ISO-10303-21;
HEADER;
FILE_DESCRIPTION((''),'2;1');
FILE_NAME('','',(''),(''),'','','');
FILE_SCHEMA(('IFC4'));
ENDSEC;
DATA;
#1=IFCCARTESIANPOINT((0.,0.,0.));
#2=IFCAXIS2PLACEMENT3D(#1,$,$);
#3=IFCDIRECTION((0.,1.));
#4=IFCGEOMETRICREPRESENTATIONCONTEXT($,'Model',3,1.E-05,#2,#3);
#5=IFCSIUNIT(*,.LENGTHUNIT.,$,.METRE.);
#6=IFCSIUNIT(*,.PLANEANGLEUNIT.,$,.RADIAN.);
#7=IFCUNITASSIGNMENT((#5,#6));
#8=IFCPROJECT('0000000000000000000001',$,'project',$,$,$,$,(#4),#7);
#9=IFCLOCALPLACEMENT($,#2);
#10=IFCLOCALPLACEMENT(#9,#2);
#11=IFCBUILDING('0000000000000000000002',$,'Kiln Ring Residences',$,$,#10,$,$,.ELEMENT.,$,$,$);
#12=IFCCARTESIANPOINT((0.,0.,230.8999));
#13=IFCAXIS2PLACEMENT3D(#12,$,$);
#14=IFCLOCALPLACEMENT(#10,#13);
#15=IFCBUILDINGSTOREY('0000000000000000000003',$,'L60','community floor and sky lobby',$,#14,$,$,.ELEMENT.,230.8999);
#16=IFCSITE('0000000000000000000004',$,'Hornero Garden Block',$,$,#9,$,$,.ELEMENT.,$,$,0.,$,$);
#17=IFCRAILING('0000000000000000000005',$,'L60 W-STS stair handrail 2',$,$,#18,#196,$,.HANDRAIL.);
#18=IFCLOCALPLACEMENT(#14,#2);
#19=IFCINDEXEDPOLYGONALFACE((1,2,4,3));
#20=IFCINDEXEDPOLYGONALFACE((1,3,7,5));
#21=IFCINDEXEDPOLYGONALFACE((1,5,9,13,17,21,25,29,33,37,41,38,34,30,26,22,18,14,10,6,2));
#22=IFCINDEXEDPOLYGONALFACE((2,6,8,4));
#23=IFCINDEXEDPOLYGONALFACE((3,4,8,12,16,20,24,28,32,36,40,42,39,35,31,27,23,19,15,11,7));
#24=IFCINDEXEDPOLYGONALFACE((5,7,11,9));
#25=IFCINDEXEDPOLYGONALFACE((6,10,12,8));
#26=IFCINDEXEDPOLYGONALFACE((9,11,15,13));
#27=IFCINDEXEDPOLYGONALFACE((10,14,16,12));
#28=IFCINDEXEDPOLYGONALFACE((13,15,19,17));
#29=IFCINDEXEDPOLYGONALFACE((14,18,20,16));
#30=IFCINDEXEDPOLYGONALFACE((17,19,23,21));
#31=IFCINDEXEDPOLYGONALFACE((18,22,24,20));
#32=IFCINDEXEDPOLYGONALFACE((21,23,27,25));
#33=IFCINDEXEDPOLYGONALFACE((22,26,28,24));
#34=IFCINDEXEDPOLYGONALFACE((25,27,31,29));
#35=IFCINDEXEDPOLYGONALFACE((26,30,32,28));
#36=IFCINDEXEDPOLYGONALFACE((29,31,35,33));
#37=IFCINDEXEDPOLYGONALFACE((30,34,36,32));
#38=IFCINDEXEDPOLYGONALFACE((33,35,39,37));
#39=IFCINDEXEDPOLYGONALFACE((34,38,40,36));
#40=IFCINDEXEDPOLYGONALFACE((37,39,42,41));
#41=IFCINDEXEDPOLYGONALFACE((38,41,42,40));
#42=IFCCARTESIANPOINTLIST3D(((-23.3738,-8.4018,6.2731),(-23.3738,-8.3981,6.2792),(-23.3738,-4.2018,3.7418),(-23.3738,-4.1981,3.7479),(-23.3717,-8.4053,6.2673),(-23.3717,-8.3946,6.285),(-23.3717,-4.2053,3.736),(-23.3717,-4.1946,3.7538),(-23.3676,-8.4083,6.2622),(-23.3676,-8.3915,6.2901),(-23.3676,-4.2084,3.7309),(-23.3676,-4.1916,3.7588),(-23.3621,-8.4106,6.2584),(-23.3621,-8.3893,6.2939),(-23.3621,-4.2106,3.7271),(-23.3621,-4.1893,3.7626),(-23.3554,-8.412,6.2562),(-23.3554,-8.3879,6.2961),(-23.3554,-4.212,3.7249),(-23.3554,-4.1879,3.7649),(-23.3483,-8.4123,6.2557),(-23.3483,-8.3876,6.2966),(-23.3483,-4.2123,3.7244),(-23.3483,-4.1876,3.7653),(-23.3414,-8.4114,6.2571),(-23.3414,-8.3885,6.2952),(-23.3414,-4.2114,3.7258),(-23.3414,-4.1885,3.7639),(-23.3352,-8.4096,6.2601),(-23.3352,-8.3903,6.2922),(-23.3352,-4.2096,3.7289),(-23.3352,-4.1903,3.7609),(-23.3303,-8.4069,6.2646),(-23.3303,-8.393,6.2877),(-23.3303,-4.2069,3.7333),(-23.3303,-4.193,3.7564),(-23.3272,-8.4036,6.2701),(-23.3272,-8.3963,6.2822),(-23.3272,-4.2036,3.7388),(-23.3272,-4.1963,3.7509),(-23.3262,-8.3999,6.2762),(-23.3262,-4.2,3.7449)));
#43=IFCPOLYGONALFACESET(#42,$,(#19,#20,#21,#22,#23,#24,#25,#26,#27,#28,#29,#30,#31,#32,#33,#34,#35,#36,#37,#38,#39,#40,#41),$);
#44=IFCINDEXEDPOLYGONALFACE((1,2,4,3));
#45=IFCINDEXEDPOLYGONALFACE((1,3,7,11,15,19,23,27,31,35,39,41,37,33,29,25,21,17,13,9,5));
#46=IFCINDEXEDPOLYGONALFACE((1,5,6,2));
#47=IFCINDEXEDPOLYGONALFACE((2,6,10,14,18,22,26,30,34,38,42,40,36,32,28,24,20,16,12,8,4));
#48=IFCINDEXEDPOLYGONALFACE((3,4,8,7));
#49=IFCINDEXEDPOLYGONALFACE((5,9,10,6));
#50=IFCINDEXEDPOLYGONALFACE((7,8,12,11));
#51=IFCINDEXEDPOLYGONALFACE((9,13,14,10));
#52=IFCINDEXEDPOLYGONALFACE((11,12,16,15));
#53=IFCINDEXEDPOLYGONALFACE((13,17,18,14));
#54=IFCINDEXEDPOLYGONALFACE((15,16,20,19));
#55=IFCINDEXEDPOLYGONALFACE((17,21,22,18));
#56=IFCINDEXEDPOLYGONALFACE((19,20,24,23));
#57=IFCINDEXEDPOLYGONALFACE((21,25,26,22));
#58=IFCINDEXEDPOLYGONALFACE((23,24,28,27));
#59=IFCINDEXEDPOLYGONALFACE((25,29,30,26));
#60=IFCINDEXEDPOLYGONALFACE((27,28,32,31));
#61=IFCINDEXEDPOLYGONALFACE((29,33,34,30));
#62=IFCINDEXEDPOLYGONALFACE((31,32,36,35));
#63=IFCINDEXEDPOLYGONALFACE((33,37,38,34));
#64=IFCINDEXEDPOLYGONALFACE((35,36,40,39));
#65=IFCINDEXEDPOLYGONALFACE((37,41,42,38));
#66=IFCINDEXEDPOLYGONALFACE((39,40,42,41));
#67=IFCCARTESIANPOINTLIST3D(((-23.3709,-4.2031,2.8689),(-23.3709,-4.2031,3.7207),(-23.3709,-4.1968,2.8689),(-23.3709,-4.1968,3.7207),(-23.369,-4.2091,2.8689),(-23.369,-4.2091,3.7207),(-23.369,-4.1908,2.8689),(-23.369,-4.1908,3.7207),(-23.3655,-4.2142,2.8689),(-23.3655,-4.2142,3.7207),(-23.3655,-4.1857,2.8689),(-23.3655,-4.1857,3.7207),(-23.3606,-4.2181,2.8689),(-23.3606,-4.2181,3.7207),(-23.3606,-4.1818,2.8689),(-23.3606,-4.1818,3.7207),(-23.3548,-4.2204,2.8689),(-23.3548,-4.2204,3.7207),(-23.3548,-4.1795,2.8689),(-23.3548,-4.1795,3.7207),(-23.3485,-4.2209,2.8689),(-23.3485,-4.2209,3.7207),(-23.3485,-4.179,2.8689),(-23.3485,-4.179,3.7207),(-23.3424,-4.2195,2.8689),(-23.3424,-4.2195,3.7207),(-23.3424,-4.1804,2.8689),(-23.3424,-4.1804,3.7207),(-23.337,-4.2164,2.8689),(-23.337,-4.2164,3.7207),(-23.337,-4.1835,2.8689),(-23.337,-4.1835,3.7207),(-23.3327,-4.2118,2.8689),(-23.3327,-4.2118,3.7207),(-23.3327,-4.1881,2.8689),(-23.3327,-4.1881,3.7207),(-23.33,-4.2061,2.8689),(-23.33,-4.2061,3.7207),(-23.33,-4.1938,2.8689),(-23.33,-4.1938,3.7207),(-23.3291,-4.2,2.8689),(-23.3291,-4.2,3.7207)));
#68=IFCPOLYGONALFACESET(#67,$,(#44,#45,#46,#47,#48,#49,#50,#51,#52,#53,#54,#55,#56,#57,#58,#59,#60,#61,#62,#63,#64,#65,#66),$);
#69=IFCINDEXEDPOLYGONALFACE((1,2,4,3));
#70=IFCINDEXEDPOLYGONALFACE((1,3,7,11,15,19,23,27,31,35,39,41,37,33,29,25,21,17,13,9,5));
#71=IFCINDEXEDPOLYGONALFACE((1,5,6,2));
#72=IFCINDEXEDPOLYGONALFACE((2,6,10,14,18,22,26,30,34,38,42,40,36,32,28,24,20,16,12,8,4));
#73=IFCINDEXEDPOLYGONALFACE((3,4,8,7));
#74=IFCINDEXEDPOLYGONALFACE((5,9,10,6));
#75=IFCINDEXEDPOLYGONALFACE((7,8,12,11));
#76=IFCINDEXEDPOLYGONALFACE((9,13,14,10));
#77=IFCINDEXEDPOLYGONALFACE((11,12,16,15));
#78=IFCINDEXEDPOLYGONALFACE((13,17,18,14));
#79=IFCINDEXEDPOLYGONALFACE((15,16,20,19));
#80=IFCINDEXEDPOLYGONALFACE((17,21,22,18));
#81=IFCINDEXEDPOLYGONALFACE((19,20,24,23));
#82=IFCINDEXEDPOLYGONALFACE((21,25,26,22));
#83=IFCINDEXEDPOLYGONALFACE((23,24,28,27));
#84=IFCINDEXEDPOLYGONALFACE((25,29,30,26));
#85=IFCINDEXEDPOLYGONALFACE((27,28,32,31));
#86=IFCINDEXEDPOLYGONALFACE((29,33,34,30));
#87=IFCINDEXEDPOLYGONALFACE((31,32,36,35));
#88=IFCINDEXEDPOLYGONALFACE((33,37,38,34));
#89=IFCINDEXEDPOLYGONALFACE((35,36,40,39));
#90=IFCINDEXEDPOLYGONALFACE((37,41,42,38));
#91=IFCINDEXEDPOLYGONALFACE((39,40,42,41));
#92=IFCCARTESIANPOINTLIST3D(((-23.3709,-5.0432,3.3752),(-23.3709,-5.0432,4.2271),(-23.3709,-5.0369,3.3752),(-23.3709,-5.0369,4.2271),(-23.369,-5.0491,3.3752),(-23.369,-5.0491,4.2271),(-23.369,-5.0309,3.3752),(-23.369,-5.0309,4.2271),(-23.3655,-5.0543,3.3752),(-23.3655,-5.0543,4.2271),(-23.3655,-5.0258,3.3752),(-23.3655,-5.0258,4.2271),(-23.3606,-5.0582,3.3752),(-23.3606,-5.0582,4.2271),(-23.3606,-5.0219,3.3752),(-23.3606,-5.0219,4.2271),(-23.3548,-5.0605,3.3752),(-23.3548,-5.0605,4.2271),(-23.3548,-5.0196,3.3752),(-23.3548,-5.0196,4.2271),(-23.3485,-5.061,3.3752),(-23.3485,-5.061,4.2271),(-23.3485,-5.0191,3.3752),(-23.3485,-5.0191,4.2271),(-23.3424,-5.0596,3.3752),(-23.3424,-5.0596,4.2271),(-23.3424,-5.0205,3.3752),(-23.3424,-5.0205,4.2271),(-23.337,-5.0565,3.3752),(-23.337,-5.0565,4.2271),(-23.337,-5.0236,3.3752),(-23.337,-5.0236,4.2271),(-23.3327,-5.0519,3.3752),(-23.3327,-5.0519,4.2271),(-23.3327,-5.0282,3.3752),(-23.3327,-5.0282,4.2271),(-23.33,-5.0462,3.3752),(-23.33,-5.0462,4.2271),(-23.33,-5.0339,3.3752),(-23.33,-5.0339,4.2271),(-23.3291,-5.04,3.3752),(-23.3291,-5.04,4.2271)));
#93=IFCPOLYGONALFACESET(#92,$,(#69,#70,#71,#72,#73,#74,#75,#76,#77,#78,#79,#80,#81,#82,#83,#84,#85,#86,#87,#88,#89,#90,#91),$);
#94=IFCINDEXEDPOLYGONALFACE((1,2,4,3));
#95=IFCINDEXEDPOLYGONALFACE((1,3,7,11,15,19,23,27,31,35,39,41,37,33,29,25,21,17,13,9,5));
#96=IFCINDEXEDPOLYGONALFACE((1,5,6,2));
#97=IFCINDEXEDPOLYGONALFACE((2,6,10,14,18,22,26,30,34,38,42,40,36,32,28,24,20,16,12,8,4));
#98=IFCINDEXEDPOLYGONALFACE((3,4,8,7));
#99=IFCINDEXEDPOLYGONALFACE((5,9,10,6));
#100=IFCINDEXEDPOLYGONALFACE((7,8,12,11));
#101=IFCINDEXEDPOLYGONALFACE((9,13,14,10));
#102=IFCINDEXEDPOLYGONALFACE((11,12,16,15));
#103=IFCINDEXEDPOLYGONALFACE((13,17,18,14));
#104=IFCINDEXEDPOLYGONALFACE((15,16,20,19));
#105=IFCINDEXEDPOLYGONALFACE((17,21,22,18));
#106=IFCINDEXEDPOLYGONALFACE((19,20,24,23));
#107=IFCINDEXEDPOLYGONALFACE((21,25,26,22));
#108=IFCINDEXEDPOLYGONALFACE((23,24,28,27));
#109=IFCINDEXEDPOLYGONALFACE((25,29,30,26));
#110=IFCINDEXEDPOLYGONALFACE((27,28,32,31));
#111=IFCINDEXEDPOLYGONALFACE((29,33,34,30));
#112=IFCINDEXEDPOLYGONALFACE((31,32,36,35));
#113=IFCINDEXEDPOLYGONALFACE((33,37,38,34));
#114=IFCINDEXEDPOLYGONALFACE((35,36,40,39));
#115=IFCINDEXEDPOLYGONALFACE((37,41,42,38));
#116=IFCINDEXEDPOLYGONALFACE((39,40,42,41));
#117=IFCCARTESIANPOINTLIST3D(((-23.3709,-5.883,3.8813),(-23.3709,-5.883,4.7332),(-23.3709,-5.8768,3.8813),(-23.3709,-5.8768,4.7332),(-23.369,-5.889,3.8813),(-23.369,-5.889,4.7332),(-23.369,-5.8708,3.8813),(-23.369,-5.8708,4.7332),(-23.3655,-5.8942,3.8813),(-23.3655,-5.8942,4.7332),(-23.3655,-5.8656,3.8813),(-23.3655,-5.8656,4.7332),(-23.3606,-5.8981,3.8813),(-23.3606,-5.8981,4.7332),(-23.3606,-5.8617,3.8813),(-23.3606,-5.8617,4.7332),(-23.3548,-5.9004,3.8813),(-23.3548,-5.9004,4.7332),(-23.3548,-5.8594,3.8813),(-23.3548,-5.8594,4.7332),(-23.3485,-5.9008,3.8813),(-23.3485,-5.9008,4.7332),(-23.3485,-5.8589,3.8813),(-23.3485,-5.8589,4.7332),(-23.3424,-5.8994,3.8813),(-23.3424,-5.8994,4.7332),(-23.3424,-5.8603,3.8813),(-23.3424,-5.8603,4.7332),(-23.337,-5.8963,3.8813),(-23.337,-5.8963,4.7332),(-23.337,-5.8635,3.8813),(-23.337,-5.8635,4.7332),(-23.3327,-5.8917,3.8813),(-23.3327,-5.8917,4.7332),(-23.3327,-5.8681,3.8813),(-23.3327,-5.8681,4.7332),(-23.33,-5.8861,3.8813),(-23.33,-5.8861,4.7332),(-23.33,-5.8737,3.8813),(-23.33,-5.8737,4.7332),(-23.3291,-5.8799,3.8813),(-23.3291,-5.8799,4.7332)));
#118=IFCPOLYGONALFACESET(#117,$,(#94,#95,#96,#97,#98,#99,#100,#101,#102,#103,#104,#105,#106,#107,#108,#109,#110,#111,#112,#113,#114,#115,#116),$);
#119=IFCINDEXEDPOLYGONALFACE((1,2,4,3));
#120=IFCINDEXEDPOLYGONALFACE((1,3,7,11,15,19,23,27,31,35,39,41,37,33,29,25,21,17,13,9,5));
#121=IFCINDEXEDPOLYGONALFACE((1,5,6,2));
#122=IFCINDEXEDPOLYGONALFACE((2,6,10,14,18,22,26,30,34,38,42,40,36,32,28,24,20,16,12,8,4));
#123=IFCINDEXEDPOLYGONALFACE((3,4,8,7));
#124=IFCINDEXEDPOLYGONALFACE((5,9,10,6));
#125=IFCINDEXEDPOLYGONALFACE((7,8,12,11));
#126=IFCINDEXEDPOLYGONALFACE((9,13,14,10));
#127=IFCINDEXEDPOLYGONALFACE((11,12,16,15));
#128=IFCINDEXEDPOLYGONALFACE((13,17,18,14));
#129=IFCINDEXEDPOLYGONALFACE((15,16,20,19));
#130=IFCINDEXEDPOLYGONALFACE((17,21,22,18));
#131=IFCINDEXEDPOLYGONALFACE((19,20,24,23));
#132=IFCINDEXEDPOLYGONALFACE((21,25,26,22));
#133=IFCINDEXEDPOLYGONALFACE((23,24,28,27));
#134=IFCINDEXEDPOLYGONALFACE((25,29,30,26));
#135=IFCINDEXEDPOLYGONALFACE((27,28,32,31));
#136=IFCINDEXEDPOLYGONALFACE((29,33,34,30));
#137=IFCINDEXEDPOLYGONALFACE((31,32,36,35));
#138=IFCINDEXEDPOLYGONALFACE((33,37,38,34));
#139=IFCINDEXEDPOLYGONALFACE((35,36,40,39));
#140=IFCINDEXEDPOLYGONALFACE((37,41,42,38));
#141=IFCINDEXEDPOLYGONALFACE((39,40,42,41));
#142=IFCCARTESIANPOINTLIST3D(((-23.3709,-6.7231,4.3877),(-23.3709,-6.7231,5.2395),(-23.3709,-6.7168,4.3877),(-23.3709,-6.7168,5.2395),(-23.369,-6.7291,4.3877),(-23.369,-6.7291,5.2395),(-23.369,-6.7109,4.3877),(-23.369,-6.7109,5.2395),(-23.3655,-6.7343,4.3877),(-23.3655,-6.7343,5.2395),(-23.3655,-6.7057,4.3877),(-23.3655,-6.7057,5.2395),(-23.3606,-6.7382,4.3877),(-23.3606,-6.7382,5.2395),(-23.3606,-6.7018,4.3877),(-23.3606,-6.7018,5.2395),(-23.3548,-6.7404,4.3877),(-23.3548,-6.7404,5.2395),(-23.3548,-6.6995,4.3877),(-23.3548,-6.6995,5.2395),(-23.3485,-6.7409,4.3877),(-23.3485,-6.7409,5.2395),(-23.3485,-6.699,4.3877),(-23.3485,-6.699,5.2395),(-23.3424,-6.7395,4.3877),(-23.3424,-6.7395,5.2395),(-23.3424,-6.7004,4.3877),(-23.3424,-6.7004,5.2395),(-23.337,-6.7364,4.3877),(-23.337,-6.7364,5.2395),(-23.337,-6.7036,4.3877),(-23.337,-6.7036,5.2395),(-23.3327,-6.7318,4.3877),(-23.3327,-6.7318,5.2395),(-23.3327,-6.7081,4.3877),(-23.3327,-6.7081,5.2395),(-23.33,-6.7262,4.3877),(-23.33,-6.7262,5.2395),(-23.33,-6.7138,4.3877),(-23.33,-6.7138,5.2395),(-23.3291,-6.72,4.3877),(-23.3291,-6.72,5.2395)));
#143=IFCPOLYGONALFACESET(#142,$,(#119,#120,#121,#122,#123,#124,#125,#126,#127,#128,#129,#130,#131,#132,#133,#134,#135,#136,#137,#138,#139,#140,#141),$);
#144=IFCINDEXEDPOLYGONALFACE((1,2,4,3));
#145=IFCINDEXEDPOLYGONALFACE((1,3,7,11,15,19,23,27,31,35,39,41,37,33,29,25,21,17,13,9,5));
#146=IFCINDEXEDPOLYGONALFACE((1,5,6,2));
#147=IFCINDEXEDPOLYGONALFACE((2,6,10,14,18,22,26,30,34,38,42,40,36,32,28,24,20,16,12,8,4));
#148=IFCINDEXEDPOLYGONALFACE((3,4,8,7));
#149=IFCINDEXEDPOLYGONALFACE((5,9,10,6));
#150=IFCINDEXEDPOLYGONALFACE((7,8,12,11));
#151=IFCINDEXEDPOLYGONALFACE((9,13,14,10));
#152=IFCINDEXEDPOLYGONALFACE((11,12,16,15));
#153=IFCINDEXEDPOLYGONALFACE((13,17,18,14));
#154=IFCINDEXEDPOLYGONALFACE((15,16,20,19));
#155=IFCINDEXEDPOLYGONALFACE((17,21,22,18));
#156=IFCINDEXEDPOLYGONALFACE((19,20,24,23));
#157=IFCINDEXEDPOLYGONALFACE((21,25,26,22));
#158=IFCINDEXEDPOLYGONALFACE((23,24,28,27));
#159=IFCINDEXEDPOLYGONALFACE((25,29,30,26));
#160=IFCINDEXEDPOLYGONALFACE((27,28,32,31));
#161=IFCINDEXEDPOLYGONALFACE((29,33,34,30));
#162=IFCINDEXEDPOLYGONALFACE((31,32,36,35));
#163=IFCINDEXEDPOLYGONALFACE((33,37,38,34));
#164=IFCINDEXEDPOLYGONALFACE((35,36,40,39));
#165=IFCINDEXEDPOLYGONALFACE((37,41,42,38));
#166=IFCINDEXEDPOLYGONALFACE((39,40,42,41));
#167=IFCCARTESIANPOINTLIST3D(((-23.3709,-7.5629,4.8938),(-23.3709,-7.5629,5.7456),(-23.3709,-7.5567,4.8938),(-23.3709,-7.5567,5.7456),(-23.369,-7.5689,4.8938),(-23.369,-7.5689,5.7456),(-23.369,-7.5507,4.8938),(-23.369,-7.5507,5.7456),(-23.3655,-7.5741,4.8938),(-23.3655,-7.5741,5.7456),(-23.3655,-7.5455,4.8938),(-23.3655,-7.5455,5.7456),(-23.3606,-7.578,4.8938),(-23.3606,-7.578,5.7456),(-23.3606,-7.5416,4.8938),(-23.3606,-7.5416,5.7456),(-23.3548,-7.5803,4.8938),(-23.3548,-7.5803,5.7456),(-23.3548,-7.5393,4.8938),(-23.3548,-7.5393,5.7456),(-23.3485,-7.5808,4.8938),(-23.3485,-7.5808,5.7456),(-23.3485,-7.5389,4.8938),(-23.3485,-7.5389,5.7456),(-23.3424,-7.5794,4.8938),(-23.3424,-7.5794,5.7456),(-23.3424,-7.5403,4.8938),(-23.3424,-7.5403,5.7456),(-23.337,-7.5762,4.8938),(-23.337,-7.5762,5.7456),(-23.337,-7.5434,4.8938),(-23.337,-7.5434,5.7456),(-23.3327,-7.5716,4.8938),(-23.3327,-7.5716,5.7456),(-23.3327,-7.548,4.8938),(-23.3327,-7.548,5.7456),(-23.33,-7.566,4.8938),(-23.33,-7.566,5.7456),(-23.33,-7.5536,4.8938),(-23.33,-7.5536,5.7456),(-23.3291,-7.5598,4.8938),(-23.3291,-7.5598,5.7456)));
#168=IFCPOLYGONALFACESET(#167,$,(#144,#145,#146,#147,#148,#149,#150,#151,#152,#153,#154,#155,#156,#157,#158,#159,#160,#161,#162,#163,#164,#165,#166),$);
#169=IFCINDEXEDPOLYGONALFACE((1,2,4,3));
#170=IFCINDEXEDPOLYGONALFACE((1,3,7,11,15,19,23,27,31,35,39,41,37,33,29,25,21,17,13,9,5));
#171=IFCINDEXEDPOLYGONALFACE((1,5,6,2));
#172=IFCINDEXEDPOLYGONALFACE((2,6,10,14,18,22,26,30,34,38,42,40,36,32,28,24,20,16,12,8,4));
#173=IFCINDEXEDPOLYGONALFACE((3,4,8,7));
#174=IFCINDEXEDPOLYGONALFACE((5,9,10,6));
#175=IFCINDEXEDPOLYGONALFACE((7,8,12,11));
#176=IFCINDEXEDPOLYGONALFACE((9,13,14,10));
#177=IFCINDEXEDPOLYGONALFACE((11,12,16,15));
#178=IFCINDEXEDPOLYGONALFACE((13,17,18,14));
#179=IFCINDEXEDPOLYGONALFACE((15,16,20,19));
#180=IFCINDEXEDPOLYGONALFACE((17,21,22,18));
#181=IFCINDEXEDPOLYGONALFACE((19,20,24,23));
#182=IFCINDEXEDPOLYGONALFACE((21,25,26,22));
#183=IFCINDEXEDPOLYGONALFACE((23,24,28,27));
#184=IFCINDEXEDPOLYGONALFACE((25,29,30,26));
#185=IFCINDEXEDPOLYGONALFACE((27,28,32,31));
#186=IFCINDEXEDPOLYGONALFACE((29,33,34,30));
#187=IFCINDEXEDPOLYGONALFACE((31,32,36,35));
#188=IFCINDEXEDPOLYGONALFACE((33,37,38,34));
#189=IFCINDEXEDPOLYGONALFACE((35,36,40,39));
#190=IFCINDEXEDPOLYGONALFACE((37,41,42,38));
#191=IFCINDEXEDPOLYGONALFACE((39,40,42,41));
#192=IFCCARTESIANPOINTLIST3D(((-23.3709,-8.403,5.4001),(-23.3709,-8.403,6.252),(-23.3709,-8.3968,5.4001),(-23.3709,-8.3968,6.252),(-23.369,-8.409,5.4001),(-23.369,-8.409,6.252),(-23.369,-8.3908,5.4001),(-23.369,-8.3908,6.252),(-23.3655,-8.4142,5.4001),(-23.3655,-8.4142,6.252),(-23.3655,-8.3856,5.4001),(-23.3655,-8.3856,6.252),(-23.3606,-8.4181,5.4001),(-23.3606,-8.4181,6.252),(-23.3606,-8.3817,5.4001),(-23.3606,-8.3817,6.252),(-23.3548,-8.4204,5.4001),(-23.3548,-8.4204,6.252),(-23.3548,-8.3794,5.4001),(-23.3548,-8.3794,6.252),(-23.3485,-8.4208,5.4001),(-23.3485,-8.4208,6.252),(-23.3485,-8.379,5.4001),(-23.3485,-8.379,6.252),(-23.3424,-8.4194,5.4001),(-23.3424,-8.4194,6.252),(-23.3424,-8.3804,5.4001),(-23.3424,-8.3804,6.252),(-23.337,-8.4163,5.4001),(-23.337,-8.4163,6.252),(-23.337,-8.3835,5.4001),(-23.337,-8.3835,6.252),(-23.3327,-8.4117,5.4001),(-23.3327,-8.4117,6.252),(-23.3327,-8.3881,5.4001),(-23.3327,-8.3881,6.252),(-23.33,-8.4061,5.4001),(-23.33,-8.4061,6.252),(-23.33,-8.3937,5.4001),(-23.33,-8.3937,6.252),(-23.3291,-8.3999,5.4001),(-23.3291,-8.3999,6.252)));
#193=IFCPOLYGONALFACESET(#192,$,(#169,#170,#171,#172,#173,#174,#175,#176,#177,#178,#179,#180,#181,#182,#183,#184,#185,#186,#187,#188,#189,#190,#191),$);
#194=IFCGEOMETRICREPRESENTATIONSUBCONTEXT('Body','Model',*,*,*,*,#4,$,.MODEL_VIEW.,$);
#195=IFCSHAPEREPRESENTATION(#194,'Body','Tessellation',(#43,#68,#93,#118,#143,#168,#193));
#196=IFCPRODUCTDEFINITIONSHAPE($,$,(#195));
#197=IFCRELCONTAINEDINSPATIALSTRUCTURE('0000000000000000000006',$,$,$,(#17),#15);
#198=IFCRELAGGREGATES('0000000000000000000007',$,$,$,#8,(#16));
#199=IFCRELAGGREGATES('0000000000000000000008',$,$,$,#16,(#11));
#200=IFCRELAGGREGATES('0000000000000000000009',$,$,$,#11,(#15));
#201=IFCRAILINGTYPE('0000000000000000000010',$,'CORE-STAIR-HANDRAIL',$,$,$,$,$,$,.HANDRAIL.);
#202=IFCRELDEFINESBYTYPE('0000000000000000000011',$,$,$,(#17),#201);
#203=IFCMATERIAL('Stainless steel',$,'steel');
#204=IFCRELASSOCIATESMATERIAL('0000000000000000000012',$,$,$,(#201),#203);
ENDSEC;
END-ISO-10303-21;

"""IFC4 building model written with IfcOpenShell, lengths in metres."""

from ifc_helpers import new_model, si_unit, direction, frame, origin, origin_2d, place, context, subcontext, project, spatial, circle, extrude, material, type_object, element, save


model = new_model("IFC4")

# Units and contexts
model_context = context("Model", 3, precision=1e-05, world=origin(), true_north=direction((0.0, 1.0)))
body_context = subcontext(model_context, "Body", "Model", "MODEL_VIEW")
ifc_project = project(units=[si_unit("LENGTHUNIT", "METRE"), si_unit("PLANEANGLEUNIT", "RADIAN")], contexts=[model_context])

# Site, building, storey
site_placement = place(None, origin())
site = spatial("IfcSite", under=ifc_project, at=site_placement, Name="Hornero Garden Block", CompositionType="ELEMENT", RefElevation=0.0)
building_placement = place(site_placement, origin())
building = spatial("IfcBuilding", under=site, at=building_placement, Name="Kiln Ring Residences", CompositionType="ELEMENT")
storey_placement = place(building_placement, frame((0.0, 0.0, 230.8999)))
storey = spatial("IfcBuildingStorey", under=building, at=storey_placement, Name="L60", Description="community floor and sky lobby", CompositionType="ELEMENT", Elevation=230.8999)

# Railing
ifc_material_1 = material(Name="Stainless steel", Category="steel")
railing_type_1 = type_object("IfcRailingType", Name="CORE-STAIR-HANDRAIL", PredefinedType="HANDRAIL", material=ifc_material_1)
railing_1_placement = place(storey_placement, frame((-23.3501, -4.2, 2.8689)))
element("IfcRailing", 1, at=railing_1_placement, inside=storey, type_object=railing_type_1, Name="L60 W-STS stair handrail 2", PredefinedType="HANDRAIL", context=body_context, shape_type="SweptSolid", body=[
    extrude(circle(Radius=0.0239, at=origin_2d()), frame((0.0, 0.0, 0.876), z_axis=(0.0, -0.856476, 0.516186), x_axis=(1.0, 0.0, 0.0)), (0.0, 0.0, 1.0), 4.9038),
    extrude(circle(Radius=0.021, at=origin_2d()), origin(), (0.0, 0.0, 1.0), 0.8518),
    extrude(circle(Radius=0.021, at=origin_2d()), frame((0.0, -0.8401, 0.5063)), (0.0, 0.0, 1.0), 0.8518),
    extrude(circle(Radius=0.021, at=origin_2d()), frame((0.0, -1.6799, 1.0125)), (0.0, 0.0, 1.0), 0.8518),
    extrude(circle(Radius=0.021, at=origin_2d()), frame((0.0, -2.52, 1.5188)), (0.0, 0.0, 1.0), 0.8518),
    extrude(circle(Radius=0.021, at=origin_2d()), frame((0.0, -3.3599, 2.0249)), (0.0, 0.0, 1.0), 0.8518),
    extrude(circle(Radius=0.021, at=origin_2d()), frame((0.0, -4.2, 2.5312)), (0.0, 0.0, 1.0), 0.8518),
])

save(model, "model.ifc")
